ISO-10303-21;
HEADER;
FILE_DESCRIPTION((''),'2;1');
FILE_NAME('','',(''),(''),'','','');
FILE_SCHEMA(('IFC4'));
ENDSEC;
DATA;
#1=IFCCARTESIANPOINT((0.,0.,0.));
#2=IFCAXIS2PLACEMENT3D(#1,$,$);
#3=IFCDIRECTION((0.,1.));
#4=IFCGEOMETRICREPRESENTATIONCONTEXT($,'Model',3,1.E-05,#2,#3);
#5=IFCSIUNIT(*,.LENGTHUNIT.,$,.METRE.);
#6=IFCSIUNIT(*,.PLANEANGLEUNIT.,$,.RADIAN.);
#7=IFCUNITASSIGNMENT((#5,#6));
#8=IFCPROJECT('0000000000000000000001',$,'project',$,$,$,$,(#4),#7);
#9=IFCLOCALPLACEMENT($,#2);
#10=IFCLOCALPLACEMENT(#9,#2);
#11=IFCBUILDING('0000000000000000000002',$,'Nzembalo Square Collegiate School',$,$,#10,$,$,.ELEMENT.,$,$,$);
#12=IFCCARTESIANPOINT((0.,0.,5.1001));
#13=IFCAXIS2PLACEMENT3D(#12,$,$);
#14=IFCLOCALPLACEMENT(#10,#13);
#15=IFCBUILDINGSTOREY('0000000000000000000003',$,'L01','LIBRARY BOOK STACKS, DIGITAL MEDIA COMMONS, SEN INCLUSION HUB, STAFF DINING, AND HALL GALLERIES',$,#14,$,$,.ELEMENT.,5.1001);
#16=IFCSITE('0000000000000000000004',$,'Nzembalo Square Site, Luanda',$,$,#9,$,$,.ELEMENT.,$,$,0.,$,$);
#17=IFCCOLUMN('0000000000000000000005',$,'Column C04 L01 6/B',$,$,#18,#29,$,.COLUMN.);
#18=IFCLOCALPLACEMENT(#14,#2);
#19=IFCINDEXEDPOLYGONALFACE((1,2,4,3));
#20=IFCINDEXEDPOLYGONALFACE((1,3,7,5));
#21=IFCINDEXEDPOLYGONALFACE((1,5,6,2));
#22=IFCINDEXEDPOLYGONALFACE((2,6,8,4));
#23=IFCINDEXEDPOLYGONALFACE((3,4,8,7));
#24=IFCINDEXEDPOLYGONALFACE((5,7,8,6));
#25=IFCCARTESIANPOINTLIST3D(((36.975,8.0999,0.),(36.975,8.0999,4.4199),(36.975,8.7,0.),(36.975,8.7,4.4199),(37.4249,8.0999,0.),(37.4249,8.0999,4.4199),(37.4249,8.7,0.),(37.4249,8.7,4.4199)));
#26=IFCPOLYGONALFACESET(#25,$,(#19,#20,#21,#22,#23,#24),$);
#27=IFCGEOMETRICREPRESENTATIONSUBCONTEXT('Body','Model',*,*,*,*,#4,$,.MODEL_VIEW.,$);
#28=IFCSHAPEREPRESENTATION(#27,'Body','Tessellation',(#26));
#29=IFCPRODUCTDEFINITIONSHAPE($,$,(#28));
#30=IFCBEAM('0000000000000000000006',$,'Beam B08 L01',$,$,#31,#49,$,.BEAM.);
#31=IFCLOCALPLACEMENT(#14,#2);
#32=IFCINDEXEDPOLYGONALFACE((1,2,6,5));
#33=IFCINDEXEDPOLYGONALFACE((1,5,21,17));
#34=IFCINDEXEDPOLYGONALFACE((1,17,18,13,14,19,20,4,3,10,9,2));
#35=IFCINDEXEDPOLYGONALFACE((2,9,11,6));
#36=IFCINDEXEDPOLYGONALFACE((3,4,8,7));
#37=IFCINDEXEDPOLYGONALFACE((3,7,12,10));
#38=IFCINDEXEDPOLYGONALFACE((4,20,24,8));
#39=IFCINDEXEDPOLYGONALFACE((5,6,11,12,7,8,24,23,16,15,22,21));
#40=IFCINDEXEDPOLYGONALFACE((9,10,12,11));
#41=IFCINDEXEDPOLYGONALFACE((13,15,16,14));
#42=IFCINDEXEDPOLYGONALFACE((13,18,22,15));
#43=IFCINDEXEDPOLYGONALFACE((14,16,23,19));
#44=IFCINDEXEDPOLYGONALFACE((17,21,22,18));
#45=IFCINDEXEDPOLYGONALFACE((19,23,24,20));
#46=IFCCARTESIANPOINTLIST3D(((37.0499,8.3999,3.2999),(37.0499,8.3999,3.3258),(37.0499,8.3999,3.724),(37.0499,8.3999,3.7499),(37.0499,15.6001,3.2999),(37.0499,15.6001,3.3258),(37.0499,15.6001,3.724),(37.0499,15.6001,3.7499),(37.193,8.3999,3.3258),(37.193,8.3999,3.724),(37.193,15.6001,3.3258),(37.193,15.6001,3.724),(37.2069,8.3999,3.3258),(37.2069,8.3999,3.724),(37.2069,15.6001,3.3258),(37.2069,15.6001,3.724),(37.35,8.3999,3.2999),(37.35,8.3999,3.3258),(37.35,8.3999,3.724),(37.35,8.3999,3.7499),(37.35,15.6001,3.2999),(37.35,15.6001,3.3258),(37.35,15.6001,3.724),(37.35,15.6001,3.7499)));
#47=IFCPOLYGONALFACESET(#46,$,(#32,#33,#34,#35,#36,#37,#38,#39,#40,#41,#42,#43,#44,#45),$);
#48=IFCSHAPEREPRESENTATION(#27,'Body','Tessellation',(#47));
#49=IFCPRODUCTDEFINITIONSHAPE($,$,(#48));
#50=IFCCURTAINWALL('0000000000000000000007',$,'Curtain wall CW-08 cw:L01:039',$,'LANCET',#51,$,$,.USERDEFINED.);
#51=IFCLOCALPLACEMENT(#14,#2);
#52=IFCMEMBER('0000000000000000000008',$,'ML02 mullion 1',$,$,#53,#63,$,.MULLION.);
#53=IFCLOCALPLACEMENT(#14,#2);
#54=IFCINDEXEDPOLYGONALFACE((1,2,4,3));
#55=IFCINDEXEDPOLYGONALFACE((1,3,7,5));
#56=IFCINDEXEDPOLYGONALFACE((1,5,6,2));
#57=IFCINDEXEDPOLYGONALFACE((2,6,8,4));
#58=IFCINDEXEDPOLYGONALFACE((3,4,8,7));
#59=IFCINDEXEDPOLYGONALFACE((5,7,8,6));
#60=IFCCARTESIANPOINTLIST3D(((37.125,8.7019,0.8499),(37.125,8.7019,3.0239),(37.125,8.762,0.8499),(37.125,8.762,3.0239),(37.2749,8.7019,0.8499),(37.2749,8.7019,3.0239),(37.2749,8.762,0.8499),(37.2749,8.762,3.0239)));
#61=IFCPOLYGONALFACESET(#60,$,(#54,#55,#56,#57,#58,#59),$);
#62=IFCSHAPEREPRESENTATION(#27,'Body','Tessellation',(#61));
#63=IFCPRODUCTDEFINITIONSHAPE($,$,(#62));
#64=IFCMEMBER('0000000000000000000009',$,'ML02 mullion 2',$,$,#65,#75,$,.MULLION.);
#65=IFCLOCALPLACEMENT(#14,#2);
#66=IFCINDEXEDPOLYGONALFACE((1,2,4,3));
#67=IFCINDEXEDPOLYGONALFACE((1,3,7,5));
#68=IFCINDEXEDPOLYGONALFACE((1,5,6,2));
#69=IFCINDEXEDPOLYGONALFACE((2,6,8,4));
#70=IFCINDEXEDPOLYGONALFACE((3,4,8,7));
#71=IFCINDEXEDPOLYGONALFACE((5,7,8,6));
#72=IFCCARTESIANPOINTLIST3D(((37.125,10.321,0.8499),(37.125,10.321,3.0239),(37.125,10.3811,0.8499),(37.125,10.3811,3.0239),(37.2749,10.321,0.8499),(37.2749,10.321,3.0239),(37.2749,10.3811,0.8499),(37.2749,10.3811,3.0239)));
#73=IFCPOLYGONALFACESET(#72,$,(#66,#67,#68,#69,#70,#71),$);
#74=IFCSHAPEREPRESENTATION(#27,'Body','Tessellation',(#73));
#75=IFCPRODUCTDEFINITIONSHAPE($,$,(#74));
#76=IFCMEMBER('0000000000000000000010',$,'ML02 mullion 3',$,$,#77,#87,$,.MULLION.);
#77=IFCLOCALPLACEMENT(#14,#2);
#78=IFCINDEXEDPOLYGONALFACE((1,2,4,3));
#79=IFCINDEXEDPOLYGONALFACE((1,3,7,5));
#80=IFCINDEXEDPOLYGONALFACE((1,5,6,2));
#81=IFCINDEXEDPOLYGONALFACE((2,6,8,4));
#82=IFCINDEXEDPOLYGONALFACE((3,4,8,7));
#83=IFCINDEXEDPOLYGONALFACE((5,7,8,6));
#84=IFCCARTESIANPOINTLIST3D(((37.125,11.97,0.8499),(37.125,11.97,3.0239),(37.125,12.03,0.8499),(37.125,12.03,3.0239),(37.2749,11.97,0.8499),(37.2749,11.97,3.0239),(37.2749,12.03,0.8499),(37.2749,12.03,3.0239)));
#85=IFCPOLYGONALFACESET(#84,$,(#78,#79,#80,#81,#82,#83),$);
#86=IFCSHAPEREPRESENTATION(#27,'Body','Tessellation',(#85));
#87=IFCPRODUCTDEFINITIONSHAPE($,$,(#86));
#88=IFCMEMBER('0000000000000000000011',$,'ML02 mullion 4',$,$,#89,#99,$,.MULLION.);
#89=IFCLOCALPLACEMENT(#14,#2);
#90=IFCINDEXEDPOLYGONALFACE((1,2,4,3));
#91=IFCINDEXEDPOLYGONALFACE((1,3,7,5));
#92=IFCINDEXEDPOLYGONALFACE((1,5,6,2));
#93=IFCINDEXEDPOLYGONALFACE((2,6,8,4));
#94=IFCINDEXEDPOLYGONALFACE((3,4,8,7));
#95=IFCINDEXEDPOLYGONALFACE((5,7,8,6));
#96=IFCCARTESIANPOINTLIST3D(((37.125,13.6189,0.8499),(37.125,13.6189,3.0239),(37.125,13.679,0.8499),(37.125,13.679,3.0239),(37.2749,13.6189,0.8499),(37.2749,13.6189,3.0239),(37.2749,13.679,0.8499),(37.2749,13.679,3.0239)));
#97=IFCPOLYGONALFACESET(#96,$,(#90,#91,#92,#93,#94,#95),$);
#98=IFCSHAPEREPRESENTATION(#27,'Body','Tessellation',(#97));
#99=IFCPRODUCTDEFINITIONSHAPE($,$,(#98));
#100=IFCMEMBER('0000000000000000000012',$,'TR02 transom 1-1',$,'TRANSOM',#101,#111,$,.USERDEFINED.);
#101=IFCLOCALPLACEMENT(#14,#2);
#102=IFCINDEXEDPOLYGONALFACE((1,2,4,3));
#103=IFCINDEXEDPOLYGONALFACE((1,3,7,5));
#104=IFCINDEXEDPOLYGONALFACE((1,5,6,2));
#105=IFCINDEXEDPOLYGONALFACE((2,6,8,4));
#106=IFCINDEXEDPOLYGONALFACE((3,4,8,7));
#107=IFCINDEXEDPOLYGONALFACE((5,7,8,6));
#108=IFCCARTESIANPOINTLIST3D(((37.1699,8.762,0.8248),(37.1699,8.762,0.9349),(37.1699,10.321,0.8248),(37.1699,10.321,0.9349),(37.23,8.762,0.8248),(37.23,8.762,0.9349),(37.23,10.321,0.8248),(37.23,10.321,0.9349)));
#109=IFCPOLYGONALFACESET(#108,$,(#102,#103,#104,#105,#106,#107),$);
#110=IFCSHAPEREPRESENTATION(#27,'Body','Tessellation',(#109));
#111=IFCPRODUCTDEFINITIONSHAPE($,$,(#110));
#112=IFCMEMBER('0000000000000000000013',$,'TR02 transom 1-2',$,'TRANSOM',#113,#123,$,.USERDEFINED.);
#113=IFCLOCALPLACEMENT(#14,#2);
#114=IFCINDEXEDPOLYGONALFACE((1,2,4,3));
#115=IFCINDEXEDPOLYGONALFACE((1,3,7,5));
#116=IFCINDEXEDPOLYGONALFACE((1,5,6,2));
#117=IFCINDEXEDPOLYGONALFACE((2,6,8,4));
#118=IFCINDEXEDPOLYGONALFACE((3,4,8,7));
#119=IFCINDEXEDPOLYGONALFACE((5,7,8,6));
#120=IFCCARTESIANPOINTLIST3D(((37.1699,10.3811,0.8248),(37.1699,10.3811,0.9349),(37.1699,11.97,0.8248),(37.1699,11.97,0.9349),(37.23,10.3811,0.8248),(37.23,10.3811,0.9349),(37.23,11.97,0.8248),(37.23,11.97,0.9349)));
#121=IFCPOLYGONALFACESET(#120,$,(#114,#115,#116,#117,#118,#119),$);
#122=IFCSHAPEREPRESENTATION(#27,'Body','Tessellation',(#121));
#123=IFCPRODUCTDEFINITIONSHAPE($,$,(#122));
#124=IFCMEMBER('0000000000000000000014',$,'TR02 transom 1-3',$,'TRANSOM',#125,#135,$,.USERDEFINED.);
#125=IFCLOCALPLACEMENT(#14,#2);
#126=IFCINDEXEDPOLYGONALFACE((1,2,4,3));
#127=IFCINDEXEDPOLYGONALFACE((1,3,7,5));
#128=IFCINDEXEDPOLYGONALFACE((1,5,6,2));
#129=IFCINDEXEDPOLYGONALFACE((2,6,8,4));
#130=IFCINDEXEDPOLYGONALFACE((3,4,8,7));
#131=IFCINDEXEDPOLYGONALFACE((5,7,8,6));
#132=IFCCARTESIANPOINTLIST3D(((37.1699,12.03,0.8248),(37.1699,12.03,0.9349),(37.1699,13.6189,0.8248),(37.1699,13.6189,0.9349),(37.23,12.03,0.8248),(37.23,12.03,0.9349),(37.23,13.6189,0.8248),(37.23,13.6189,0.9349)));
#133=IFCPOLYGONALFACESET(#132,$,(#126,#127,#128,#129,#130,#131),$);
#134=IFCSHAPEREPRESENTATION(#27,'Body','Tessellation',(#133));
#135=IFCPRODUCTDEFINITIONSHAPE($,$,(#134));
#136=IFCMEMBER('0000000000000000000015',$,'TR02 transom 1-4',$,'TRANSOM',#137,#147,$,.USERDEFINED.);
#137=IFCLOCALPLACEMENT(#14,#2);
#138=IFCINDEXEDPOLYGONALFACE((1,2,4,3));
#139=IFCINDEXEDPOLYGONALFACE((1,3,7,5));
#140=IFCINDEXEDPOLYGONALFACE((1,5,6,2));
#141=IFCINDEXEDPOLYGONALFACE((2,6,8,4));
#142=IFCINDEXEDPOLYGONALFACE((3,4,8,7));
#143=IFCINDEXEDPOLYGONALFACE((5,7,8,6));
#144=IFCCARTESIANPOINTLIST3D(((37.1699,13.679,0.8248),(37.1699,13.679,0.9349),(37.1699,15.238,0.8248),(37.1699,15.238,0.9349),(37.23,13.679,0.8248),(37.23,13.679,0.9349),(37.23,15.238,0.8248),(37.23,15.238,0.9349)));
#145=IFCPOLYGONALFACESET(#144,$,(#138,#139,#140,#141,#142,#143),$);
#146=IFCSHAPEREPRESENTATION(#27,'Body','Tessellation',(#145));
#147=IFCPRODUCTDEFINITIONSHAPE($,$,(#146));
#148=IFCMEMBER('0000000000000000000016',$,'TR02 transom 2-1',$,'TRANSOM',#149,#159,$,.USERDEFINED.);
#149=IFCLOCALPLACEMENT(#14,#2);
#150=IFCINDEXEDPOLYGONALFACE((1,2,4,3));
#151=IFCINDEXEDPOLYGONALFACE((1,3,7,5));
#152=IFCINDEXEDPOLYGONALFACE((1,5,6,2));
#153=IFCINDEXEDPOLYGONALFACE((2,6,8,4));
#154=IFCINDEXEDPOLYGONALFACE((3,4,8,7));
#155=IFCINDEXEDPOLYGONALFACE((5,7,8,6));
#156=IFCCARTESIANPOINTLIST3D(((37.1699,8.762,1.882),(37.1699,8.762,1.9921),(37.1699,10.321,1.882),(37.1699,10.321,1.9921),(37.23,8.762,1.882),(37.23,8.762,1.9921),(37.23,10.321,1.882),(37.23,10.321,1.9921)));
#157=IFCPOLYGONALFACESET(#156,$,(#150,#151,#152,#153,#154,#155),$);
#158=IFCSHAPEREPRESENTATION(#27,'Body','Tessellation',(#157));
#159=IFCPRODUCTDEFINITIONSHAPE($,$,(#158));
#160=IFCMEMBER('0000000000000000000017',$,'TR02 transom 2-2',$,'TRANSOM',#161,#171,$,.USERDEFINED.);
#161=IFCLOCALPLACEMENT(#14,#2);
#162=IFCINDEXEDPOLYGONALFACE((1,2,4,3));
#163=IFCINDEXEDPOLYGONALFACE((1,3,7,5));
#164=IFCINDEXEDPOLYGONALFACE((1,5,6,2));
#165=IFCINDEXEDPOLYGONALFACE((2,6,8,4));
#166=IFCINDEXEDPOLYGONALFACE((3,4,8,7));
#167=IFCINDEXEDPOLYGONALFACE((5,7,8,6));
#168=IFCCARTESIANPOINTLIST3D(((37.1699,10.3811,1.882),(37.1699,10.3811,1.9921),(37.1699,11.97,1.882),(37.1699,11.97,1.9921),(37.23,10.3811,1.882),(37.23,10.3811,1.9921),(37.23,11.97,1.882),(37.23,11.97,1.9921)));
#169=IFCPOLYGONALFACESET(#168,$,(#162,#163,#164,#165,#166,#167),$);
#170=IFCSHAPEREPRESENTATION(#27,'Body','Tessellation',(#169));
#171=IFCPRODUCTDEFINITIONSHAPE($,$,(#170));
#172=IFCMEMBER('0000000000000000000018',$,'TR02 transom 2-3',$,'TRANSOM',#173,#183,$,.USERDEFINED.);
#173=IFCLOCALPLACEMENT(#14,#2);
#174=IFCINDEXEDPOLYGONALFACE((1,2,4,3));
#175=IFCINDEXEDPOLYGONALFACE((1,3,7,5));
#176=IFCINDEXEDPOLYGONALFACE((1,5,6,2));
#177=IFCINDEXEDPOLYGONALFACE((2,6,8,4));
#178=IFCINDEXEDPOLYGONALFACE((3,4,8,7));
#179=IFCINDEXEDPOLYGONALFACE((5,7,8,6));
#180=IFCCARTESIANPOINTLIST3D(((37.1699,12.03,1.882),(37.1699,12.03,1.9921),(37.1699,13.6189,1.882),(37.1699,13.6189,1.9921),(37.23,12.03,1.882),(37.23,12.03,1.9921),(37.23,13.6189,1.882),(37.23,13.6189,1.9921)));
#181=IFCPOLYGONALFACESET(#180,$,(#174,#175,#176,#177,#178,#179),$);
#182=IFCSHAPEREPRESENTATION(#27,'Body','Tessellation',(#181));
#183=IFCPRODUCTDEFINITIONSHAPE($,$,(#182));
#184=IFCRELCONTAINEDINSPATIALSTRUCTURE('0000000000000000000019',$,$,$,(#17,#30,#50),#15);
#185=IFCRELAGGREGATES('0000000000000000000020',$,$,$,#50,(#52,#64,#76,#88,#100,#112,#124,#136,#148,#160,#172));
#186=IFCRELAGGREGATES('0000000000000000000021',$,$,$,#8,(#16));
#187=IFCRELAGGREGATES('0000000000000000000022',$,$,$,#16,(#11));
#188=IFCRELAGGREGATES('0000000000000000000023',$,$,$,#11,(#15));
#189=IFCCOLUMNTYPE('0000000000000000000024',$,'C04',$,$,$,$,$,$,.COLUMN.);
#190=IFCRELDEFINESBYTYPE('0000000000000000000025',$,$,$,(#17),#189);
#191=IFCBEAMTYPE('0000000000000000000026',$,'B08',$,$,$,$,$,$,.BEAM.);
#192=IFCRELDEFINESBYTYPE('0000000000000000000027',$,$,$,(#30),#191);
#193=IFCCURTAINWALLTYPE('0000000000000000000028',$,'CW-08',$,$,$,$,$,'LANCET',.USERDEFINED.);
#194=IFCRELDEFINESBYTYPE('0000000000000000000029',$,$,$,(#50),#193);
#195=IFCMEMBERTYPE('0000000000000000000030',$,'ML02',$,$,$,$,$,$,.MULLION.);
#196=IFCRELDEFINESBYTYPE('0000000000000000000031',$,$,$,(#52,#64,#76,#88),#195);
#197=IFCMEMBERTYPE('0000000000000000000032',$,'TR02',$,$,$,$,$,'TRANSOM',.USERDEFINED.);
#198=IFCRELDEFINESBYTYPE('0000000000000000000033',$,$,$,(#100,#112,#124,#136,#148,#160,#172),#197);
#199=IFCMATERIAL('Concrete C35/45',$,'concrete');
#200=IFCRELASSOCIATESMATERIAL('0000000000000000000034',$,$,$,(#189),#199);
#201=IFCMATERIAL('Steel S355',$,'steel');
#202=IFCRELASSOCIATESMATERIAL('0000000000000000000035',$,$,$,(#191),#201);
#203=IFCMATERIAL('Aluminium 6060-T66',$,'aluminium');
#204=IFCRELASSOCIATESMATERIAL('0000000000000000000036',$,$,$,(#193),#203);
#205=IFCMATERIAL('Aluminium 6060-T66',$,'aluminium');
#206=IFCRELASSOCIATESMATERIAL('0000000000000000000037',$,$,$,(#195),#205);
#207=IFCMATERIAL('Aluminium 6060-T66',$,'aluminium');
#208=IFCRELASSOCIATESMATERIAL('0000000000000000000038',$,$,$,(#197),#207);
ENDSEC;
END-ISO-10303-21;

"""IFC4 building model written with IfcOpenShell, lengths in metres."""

from ifc_helpers import new_model, si_unit, direction, frame, origin, origin_2d, place, context, subcontext, project, spatial, rectangle, i_section, extrude, material, material_profile, profile_set, type_object, element, aggregate, save


model = new_model("IFC4")

# Units and contexts
model_context = context("Model", 3, precision=1e-05, world=origin(), true_north=direction((0.0, 1.0)))
body_context = subcontext(model_context, "Body", "Model", "MODEL_VIEW")
ifc_project = project(units=[si_unit("LENGTHUNIT", "METRE"), si_unit("PLANEANGLEUNIT", "RADIAN")], contexts=[model_context])

# Site, building, storey
site_placement = place(None, origin())
site = spatial("IfcSite", under=ifc_project, at=site_placement, Name="Nzembalo Square Site, Luanda", CompositionType="ELEMENT", RefElevation=0.0)
building_placement = place(site_placement, origin())
building = spatial("IfcBuilding", under=site, at=building_placement, Name="Nzembalo Square Collegiate School", CompositionType="ELEMENT")
storey_placement = place(building_placement, frame((0.0, 0.0, 5.1001)))
storey = spatial("IfcBuildingStorey", under=building, at=storey_placement, Name="L01", Description="LIBRARY BOOK STACKS, DIGITAL MEDIA COMMONS, SEN INCLUSION HUB, STAFF DINING, AND HALL GALLERIES", CompositionType="ELEMENT", Elevation=5.1001)

# Column
ifc_material_1 = material(Name="Concrete C35/45", Category="concrete")
ifc_material_profile_1 = material_profile(ifc_material_1, rectangle(XDim=0.45, YDim=0.6001, at=origin_2d()), Name="RC 450x600")
ifc_profile_set_1 = profile_set([ifc_material_profile_1], Name="Concrete C35/45")
column_type = type_object("IfcColumnType", Name="C04", PredefinedType="COLUMN", material=ifc_profile_set_1)
column_placement = place(storey_placement, frame((37.2, 8.3999, 0.0), z_axis=(0.0, 0.0, 1.0), x_axis=(1.0, 0.0, 0.0)))
element("IfcColumn", 1, at=column_placement, inside=storey, type_object=column_type, Name="Column C04 L01 6/B", PredefinedType="COLUMN", context=body_context, shape_type="SweptSolid", body=[
    extrude(rectangle(XDim=0.45, YDim=0.6001, at=origin_2d()), origin(), (0.0, 0.0, 1.0), 4.4199),
])

# Beam
ifc_material_2 = material(Name="Steel S355", Category="steel")
ifc_material_profile_2 = material_profile(ifc_material_2, i_section(OverallWidth=0.3, OverallDepth=0.45, WebThickness=0.0139, FlangeThickness=0.0259, at=origin_2d()), Name="HEB 450")
ifc_profile_set_2 = profile_set([ifc_material_profile_2], Name="Steel S355")
beam_type = type_object("IfcBeamType", Name="B08", PredefinedType="BEAM", material=ifc_profile_set_2)
beam_placement = place(storey_placement, frame((37.2, 8.3999, 3.5249), z_axis=(0.0, 1.0, 0.0), x_axis=(-1.0, 0.0, 0.0)))
element("IfcBeam", 2, at=beam_placement, inside=storey, type_object=beam_type, Name="Beam B08 L01", PredefinedType="BEAM", context=body_context, shape_type="SweptSolid", body=[
    extrude(i_section(OverallWidth=0.3, OverallDepth=0.45, WebThickness=0.0139, FlangeThickness=0.0259, at=origin_2d()), origin(), (0.0, 0.0, 1.0), 7.2002),
])

# Curtain wall, members
ifc_material_3 = material(Name="Aluminium 6060-T66", Category="aluminium")
curtain_wall_type = type_object("IfcCurtainWallType", Name="CW-08", ElementType="LANCET", PredefinedType="USERDEFINED", material=ifc_material_3)
curtain_wall_placement = place(storey_placement, origin())
curtain_wall = element("IfcCurtainWall", 3, at=curtain_wall_placement, inside=storey, type_object=curtain_wall_type, Name="Curtain wall CW-08 cw:L01:039", ObjectType="LANCET", PredefinedType="USERDEFINED")
ifc_material_4 = material(Name="Aluminium 6060-T66", Category="aluminium")
ifc_material_profile_3 = material_profile(ifc_material_4, rectangle(XDim=0.0601, YDim=0.1499, at=origin_2d()), Name="ALU M60x150")
ifc_profile_set_3 = profile_set([ifc_material_profile_3], Name="Aluminium 6060-T66")
member_type_1 = type_object("IfcMemberType", Name="ML02", PredefinedType="MULLION", material=ifc_profile_set_3)
member_1_placement = place(storey_placement, frame((37.2, 8.7319, 0.8499), z_axis=(0.0, 0.0, 1.0), x_axis=(0.0, 1.0, 0.0)))
member_1 = element("IfcMember", 4, at=member_1_placement, type_object=member_type_1, Name="ML02 mullion 1", PredefinedType="MULLION", context=body_context, shape_type="SweptSolid", body=[
    extrude(rectangle(XDim=0.0601, YDim=0.1499, at=origin_2d()), origin(), (0.0, 0.0, 1.0), 2.1741),
])
member_2_placement = place(storey_placement, frame((37.2, 10.3511, 0.8499), z_axis=(0.0, 0.0, 1.0), x_axis=(0.0, 1.0, 0.0)))
member_2 = element("IfcMember", 5, at=member_2_placement, type_object=member_type_1, Name="ML02 mullion 2", PredefinedType="MULLION", context=body_context, shape_type="SweptSolid", body=[
    extrude(rectangle(XDim=0.0601, YDim=0.1499, at=origin_2d()), origin(), (0.0, 0.0, 1.0), 2.1741),
])
member_3_placement = place(storey_placement, frame((37.2, 12.0, 0.8499), z_axis=(0.0, 0.0, 1.0), x_axis=(0.0, 1.0, 0.0)))
member_3 = element("IfcMember", 6, at=member_3_placement, type_object=member_type_1, Name="ML02 mullion 3", PredefinedType="MULLION", context=body_context, shape_type="SweptSolid", body=[
    extrude(rectangle(XDim=0.0601, YDim=0.1499, at=origin_2d()), origin(), (0.0, 0.0, 1.0), 2.1741),
])
member_4_placement = place(storey_placement, frame((37.2, 13.6489, 0.8499), z_axis=(0.0, 0.0, 1.0), x_axis=(0.0, 1.0, 0.0)))
member_4 = element("IfcMember", 7, at=member_4_placement, type_object=member_type_1, Name="ML02 mullion 4", PredefinedType="MULLION", context=body_context, shape_type="SweptSolid", body=[
    extrude(rectangle(XDim=0.0601, YDim=0.1499, at=origin_2d()), origin(), (0.0, 0.0, 1.0), 2.1741),
])
ifc_material_5 = material(Name="Aluminium 6060-T66", Category="aluminium")
ifc_material_profile_4 = material_profile(ifc_material_5, rectangle(XDim=0.0601, YDim=0.1101, at=origin_2d()), Name="ALU T60x110")
ifc_profile_set_4 = profile_set([ifc_material_profile_4], Name="Aluminium 6060-T66")
member_type_2 = type_object("IfcMemberType", Name="TR02", ElementType="TRANSOM", PredefinedType="USERDEFINED", material=ifc_profile_set_4)
member_5_placement = place(storey_placement, frame((37.2, 8.762, 0.8799), z_axis=(0.0, 1.0, 0.0), x_axis=(-1.0, 0.0, 0.0)))
member_5 = element("IfcMember", 8, at=member_5_placement, type_object=member_type_2, Name="TR02 transom 1-1", ObjectType="TRANSOM", PredefinedType="USERDEFINED", context=body_context, shape_type="SweptSolid", body=[
    extrude(rectangle(XDim=0.0601, YDim=0.1101, at=origin_2d()), origin(), (0.0, 0.0, 1.0), 1.5591),
])
member_6_placement = place(storey_placement, frame((37.2, 10.3811, 0.8799), z_axis=(0.0, 1.0, 0.0), x_axis=(-1.0, 0.0, 0.0)))
member_6 = element("IfcMember", 9, at=member_6_placement, type_object=member_type_2, Name="TR02 transom 1-2", ObjectType="TRANSOM", PredefinedType="USERDEFINED", context=body_context, shape_type="SweptSolid", body=[
    extrude(rectangle(XDim=0.0601, YDim=0.1101, at=origin_2d()), origin(), (0.0, 0.0, 1.0), 1.5889),
])
member_7_placement = place(storey_placement, frame((37.2, 12.03, 0.8799), z_axis=(0.0, 1.0, 0.0), x_axis=(-1.0, 0.0, 0.0)))
member_7 = element("IfcMember", 10, at=member_7_placement, type_object=member_type_2, Name="TR02 transom 1-3", ObjectType="TRANSOM", PredefinedType="USERDEFINED", context=body_context, shape_type="SweptSolid", body=[
    extrude(rectangle(XDim=0.0601, YDim=0.1101, at=origin_2d()), origin(), (0.0, 0.0, 1.0), 1.5889),
])
member_8_placement = place(storey_placement, frame((37.2, 13.679, 0.8799), z_axis=(0.0, 1.0, 0.0), x_axis=(-1.0, 0.0, 0.0)))
member_8 = element("IfcMember", 11, at=member_8_placement, type_object=member_type_2, Name="TR02 transom 1-4", ObjectType="TRANSOM", PredefinedType="USERDEFINED", context=body_context, shape_type="SweptSolid", body=[
    extrude(rectangle(XDim=0.0601, YDim=0.1101, at=origin_2d()), origin(), (0.0, 0.0, 1.0), 1.5591),
])
member_9_placement = place(storey_placement, frame((37.2, 8.762, 1.937), z_axis=(0.0, 1.0, 0.0), x_axis=(-1.0, 0.0, 0.0)))
member_9 = element("IfcMember", 12, at=member_9_placement, type_object=member_type_2, Name="TR02 transom 2-1", ObjectType="TRANSOM", PredefinedType="USERDEFINED", context=body_context, shape_type="SweptSolid", body=[
    extrude(rectangle(XDim=0.0601, YDim=0.1101, at=origin_2d()), origin(), (0.0, 0.0, 1.0), 1.5591),
])
member_10_placement = place(storey_placement, frame((37.2, 10.3811, 1.937), z_axis=(0.0, 1.0, 0.0), x_axis=(-1.0, 0.0, 0.0)))
member_10 = element("IfcMember", 13, at=member_10_placement, type_object=member_type_2, Name="TR02 transom 2-2", ObjectType="TRANSOM", PredefinedType="USERDEFINED", context=body_context, shape_type="SweptSolid", body=[
    extrude(rectangle(XDim=0.0601, YDim=0.1101, at=origin_2d()), origin(), (0.0, 0.0, 1.0), 1.5889),
])
member_11_placement = place(storey_placement, frame((37.2, 12.03, 1.937), z_axis=(0.0, 1.0, 0.0), x_axis=(-1.0, 0.0, 0.0)))
member_11 = element("IfcMember", 14, at=member_11_placement, type_object=member_type_2, Name="TR02 transom 2-3", ObjectType="TRANSOM", PredefinedType="USERDEFINED", context=body_context, shape_type="SweptSolid", body=[
    extrude(rectangle(XDim=0.0601, YDim=0.1101, at=origin_2d()), origin(), (0.0, 0.0, 1.0), 1.5889),
])
aggregate(curtain_wall, [member_1, member_2, member_3, member_4, member_5, member_6, member_7, member_8, member_9, member_10, member_11])

save(model, "model.ifc")
